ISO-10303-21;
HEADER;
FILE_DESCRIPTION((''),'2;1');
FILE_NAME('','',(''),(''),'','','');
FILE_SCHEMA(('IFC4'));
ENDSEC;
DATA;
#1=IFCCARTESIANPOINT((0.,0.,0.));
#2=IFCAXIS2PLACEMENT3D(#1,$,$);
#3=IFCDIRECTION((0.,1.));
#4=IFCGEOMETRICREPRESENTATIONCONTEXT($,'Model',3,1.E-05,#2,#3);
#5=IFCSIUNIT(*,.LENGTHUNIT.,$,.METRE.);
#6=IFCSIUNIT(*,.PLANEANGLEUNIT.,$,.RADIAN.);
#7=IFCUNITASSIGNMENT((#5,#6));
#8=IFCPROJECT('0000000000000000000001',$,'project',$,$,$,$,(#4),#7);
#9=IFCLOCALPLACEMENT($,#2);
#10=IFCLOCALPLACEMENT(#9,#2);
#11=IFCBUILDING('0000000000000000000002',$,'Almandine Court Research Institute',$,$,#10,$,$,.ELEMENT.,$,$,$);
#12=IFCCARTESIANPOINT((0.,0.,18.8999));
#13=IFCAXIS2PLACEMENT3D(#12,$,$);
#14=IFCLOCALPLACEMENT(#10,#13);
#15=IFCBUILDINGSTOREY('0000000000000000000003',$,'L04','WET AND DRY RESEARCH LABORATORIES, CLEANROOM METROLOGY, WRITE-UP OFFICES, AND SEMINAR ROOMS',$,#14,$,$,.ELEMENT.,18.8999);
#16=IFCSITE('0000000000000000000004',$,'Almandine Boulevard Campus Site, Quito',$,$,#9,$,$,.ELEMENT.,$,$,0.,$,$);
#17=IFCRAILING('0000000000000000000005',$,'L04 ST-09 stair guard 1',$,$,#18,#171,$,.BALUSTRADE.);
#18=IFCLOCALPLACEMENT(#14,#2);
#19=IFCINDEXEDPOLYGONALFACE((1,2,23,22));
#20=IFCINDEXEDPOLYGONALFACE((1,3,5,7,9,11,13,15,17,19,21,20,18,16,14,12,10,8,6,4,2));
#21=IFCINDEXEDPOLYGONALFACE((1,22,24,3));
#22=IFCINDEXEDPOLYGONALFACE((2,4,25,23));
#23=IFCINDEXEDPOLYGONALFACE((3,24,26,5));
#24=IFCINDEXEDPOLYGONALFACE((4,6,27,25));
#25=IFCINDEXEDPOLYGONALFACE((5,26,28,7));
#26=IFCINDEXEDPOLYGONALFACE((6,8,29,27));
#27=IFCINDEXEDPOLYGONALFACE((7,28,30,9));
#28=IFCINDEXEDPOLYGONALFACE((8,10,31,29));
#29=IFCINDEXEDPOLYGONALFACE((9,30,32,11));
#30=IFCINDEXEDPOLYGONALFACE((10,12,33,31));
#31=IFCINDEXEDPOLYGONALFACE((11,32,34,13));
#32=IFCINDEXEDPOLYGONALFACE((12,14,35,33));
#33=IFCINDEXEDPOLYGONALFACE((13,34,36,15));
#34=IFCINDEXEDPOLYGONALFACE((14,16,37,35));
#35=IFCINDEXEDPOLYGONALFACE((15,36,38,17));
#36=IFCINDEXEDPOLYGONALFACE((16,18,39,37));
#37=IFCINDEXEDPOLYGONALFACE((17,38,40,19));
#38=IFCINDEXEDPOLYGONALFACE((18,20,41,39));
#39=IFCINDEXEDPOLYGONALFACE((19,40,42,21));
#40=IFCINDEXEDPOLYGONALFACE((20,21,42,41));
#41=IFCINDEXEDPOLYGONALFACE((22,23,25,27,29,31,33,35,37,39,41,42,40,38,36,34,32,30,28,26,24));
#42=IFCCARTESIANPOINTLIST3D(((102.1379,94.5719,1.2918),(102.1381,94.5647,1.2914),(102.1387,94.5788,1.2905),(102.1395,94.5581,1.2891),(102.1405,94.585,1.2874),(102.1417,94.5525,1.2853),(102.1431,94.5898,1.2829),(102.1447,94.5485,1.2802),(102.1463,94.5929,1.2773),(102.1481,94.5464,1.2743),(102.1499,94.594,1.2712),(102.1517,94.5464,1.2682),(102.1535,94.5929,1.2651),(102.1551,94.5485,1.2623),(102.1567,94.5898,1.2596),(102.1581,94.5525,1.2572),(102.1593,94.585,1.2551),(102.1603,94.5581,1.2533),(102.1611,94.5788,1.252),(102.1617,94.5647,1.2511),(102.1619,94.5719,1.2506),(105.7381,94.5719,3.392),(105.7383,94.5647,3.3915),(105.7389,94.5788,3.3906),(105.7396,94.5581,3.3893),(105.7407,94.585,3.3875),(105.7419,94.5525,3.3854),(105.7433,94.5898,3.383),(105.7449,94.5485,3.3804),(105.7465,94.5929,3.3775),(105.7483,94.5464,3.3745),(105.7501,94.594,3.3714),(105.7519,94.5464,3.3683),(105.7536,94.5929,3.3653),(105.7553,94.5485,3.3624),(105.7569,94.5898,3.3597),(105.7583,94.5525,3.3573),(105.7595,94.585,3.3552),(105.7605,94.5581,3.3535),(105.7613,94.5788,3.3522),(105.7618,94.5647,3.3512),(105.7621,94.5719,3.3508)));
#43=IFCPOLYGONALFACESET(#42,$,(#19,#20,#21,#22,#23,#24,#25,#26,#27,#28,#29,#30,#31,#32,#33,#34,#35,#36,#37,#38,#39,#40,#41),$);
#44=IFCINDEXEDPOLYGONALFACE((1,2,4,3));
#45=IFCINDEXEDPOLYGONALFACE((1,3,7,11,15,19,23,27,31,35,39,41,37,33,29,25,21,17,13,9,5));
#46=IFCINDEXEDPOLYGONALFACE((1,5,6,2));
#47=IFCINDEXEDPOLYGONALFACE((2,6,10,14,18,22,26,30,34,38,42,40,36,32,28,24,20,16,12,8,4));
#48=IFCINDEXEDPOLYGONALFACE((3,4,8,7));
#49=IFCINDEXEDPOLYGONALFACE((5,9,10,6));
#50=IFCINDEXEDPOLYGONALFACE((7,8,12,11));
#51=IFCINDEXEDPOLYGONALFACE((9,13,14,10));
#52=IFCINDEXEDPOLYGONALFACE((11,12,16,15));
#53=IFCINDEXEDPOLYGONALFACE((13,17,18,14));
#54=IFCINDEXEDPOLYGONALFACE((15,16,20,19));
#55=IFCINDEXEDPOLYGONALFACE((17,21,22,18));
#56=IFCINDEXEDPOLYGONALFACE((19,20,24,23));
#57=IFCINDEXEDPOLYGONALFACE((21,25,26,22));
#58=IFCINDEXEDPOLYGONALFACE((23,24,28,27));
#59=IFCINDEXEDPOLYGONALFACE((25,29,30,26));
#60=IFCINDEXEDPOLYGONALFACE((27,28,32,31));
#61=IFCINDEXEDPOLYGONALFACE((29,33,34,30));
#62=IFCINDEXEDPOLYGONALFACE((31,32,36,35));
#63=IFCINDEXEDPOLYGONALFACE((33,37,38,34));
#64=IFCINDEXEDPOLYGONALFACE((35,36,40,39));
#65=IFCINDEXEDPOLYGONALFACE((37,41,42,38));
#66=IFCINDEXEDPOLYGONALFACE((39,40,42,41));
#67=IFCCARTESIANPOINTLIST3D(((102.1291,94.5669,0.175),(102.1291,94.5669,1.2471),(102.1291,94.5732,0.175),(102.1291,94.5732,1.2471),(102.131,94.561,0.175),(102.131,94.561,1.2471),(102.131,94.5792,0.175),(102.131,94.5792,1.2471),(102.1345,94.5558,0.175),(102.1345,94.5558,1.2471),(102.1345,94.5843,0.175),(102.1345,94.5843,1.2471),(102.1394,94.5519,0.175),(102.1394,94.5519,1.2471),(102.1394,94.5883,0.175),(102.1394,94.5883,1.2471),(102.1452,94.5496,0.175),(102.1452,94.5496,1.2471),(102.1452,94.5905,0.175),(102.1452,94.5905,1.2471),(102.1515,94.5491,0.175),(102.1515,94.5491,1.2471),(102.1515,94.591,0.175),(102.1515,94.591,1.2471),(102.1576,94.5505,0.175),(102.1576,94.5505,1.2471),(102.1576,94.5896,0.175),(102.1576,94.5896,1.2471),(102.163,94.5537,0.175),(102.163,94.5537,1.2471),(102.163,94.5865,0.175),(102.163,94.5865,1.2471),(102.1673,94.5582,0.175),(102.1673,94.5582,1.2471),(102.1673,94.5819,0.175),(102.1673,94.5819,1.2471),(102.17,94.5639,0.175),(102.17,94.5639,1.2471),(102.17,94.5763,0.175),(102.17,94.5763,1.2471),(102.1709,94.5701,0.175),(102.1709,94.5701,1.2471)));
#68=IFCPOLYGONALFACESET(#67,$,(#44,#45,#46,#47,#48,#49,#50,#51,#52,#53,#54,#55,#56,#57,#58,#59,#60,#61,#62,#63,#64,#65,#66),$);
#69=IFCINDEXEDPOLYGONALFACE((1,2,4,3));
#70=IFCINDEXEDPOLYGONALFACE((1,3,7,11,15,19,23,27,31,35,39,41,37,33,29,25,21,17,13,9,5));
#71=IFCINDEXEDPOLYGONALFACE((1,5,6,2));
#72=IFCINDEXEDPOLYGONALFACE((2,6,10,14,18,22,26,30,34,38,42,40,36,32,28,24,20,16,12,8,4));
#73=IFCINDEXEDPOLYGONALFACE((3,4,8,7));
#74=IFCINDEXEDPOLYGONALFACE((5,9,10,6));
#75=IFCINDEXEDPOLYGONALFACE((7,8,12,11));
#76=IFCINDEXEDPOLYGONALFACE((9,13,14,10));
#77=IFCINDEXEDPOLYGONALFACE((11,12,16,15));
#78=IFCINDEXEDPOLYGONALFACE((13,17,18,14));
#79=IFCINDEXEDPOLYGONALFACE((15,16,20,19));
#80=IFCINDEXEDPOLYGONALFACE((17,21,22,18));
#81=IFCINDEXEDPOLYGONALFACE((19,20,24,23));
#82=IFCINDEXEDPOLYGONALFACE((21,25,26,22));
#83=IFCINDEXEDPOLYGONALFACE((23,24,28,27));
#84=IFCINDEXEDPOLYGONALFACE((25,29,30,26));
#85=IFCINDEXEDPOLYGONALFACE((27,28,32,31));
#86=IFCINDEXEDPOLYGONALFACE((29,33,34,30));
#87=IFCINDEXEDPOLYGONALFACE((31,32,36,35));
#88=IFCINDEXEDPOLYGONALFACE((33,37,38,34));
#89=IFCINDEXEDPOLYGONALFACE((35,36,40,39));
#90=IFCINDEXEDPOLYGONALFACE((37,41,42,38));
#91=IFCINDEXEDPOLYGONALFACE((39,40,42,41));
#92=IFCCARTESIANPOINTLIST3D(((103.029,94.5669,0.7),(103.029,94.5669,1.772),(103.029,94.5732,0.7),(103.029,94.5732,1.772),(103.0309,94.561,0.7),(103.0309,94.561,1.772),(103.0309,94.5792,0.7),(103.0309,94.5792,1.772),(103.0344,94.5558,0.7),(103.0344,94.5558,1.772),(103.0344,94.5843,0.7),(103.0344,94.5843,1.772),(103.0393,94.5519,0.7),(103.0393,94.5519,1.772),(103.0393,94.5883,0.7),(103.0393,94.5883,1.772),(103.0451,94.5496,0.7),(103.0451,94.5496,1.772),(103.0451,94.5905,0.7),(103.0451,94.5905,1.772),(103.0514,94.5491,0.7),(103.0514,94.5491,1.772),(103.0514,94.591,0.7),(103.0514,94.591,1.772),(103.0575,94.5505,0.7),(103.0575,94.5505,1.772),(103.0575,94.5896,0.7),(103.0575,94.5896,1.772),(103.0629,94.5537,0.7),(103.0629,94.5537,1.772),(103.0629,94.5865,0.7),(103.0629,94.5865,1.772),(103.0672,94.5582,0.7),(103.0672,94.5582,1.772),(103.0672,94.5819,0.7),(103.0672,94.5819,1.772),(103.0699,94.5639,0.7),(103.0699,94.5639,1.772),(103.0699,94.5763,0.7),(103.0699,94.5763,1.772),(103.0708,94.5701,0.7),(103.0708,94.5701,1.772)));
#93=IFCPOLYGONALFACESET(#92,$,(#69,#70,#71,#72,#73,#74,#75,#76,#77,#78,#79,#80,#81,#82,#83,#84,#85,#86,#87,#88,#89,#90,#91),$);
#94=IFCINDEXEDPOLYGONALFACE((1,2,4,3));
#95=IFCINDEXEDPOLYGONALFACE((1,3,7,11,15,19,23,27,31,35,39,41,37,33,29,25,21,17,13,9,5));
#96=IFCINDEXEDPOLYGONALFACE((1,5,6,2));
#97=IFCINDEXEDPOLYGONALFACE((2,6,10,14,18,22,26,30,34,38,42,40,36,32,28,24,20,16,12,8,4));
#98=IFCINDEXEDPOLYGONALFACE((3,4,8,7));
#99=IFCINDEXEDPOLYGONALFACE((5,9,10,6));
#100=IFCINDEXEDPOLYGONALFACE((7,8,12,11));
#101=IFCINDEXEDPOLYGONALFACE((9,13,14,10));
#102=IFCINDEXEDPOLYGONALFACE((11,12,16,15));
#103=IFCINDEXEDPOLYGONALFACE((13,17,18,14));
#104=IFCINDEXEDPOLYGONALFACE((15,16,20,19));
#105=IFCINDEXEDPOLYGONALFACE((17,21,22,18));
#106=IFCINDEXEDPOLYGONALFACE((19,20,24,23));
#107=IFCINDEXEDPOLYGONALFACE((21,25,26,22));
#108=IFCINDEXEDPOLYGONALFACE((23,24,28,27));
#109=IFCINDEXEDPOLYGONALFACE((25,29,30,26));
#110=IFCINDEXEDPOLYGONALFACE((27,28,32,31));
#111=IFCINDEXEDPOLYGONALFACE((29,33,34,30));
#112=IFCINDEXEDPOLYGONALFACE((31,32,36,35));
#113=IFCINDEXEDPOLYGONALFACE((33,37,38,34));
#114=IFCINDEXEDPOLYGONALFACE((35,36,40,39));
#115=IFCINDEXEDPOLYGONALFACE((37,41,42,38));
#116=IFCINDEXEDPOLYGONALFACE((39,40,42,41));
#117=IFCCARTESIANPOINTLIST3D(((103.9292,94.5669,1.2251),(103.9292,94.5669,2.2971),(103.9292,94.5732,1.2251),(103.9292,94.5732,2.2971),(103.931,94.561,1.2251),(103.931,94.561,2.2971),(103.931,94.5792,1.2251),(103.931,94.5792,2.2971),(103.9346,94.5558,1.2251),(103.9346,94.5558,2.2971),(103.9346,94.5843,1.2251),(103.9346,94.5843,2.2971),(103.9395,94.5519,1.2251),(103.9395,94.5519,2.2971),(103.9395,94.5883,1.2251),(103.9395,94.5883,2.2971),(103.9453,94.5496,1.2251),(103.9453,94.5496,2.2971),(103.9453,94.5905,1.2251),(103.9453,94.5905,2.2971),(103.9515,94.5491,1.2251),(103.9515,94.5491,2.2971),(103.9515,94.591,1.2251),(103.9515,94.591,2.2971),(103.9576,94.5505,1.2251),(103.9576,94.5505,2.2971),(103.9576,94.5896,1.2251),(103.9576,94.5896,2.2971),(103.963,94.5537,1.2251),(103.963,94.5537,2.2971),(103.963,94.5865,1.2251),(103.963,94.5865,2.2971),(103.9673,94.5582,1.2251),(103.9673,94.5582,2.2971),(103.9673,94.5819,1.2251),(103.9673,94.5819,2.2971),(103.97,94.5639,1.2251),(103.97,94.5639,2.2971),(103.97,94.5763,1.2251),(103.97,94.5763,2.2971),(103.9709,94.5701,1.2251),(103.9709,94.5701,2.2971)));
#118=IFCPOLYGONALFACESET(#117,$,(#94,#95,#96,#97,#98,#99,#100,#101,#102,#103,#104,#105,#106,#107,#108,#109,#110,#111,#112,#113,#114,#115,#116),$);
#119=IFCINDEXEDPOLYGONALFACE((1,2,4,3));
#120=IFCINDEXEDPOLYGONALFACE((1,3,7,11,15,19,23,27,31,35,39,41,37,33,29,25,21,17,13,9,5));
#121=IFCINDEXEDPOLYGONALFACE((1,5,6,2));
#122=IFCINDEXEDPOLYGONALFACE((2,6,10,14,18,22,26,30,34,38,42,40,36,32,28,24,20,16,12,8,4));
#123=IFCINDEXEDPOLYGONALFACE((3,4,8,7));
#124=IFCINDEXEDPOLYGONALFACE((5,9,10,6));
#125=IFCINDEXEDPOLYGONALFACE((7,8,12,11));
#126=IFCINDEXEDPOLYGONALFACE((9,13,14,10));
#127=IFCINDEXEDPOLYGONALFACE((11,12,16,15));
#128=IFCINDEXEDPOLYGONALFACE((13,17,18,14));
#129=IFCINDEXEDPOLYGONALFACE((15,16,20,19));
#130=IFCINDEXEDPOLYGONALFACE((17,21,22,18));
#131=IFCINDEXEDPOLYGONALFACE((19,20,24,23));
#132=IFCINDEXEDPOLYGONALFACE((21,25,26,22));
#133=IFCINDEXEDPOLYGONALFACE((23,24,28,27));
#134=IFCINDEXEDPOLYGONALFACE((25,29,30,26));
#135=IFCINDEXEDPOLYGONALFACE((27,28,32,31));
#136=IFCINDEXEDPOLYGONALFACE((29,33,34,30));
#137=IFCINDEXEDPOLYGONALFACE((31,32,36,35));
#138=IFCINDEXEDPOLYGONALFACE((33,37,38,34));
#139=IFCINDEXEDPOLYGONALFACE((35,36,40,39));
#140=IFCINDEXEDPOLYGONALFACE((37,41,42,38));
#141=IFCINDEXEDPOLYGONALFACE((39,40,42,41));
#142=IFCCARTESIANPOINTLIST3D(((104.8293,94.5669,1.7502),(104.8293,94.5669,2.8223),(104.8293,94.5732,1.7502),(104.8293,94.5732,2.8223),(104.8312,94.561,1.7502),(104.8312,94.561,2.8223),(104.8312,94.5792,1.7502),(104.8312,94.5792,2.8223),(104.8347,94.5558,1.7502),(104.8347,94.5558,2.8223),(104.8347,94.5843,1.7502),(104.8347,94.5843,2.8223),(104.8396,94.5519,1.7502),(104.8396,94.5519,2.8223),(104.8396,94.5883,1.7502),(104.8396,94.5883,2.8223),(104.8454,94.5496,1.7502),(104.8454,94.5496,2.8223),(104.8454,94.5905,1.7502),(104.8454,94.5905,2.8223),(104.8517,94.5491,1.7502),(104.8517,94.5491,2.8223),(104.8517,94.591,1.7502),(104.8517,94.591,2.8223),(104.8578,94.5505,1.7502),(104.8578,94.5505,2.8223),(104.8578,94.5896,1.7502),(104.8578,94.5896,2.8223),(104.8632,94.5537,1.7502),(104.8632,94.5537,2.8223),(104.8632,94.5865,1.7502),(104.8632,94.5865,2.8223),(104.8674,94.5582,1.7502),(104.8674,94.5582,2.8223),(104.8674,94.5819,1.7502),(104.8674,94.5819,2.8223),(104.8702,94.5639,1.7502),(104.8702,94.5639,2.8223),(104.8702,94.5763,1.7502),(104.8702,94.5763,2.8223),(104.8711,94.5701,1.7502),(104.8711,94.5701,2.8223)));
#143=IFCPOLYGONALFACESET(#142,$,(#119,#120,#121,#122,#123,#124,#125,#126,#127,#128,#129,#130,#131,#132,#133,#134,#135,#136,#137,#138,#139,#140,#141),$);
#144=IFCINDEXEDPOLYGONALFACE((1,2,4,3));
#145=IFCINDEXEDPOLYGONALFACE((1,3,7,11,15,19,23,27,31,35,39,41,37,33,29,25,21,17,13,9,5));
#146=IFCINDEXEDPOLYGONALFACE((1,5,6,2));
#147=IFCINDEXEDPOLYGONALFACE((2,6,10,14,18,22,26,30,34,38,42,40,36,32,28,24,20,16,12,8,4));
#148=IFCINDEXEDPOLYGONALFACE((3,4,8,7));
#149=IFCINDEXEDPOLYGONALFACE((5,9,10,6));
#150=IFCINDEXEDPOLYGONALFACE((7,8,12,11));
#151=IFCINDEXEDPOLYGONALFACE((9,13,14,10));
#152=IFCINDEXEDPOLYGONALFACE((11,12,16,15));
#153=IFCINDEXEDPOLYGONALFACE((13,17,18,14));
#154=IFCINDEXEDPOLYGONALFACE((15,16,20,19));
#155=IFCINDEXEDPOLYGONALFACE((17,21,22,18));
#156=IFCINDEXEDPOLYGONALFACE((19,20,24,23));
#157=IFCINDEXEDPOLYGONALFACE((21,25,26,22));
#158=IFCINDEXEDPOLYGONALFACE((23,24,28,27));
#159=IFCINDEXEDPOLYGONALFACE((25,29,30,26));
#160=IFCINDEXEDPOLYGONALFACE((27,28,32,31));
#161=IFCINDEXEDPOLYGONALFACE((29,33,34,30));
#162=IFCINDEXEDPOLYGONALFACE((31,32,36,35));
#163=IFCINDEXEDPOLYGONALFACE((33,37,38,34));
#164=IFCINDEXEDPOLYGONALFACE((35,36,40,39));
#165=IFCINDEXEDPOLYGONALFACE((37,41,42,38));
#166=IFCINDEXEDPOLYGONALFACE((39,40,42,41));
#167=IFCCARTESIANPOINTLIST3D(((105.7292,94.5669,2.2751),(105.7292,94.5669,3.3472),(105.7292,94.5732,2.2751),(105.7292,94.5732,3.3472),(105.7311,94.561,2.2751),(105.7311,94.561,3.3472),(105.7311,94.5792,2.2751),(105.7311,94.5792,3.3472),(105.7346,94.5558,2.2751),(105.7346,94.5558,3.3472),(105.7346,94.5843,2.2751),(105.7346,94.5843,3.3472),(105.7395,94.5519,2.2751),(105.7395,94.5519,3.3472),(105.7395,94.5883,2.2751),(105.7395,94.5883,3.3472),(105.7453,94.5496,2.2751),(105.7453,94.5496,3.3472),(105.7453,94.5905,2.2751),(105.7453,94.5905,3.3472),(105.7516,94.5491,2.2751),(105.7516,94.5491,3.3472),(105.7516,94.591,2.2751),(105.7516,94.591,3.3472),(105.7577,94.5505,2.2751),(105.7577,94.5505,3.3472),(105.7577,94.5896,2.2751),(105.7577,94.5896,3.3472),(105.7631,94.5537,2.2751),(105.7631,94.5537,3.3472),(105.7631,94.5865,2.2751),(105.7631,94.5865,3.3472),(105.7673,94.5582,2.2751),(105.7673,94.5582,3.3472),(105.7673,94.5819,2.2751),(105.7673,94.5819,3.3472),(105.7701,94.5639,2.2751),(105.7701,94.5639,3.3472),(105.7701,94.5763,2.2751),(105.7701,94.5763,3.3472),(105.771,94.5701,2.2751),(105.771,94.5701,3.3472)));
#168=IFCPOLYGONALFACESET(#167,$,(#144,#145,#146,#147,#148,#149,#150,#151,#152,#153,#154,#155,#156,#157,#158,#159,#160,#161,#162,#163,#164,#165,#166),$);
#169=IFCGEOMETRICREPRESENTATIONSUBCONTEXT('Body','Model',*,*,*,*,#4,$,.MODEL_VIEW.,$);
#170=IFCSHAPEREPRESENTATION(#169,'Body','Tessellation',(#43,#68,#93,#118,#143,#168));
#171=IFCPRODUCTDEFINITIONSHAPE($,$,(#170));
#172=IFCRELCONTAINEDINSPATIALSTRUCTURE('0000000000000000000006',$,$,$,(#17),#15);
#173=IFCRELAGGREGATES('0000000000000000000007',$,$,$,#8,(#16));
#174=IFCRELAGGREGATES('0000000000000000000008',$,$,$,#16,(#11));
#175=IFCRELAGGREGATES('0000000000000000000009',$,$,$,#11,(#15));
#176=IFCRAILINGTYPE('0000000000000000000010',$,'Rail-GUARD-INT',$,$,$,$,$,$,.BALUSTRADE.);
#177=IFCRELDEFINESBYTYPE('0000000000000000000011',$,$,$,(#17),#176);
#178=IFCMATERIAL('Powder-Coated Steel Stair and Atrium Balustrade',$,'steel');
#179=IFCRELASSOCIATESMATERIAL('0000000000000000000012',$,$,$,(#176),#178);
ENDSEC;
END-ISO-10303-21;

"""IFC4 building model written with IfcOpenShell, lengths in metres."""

from ifc_helpers import new_model, si_unit, direction, frame, origin, origin_2d, place, context, subcontext, project, spatial, circle, extrude, material, type_object, element, save


model = new_model("IFC4")

# Units and contexts
model_context = context("Model", 3, precision=1e-05, world=origin(), true_north=direction((0.0, 1.0)))
body_context = subcontext(model_context, "Body", "Model", "MODEL_VIEW")
ifc_project = project(units=[si_unit("LENGTHUNIT", "METRE"), si_unit("PLANEANGLEUNIT", "RADIAN")], contexts=[model_context])

# Site, building, storey
site_placement = place(None, origin())
site = spatial("IfcSite", under=ifc_project, at=site_placement, Name="Almandine Boulevard Campus Site, Quito", CompositionType="ELEMENT", RefElevation=0.0)
building_placement = place(site_placement, origin())
building = spatial("IfcBuilding", under=site, at=building_placement, Name="Almandine Court Research Institute", CompositionType="ELEMENT")
storey_placement = place(building_placement, frame((0.0, 0.0, 18.8999)))
storey = spatial("IfcBuildingStorey", under=building, at=storey_placement, Name="L04", Description="WET AND DRY RESEARCH LABORATORIES, CLEANROOM METROLOGY, WRITE-UP OFFICES, AND SEMINAR ROOMS", CompositionType="ELEMENT", Elevation=18.8999)

# Railing
ifc_material_1 = material(Name="Powder-Coated Steel Stair and Atrium Balustrade", Category="steel")
railing_type = type_object("IfcRailingType", Name="Rail-GUARD-INT", PredefinedType="BALUSTRADE", material=ifc_material_1)
railing_1_placement = place(storey_placement, frame((102.1499, 94.5701, 0.175)))
element("IfcRailing", 1, at=railing_1_placement, inside=storey, type_object=railing_type, Name="L04 ST-09 stair guard 1", PredefinedType="BALUSTRADE", context=body_context, shape_type="SweptSolid", body=[
    extrude(circle(Radius=0.0239, at=origin_2d()), frame((0.0, 0.0, 1.0962), z_axis=(0.863775, 0.0, 0.503878), x_axis=(0.0, 1.0, 0.0)), (0.0, 0.0, 1.0), 4.168),
    extrude(circle(Radius=0.021, at=origin_2d()), origin(), (0.0, 0.0, 1.0), 1.072),
    extrude(circle(Radius=0.021, at=origin_2d()), frame((0.8999, 0.0, 0.5249)), (0.0, 0.0, 1.0), 1.072),
    extrude(circle(Radius=0.021, at=origin_2d()), frame((1.8, 0.0, 1.05)), (0.0, 0.0, 1.0), 1.072),
    extrude(circle(Radius=0.021, at=origin_2d()), frame((2.7002, 0.0, 1.5752)), (0.0, 0.0, 1.0), 1.072),
    extrude(circle(Radius=0.021, at=origin_2d()), frame((3.6001, 0.0, 2.1001)), (0.0, 0.0, 1.0), 1.072),
])

save(model, "model.ifc")
